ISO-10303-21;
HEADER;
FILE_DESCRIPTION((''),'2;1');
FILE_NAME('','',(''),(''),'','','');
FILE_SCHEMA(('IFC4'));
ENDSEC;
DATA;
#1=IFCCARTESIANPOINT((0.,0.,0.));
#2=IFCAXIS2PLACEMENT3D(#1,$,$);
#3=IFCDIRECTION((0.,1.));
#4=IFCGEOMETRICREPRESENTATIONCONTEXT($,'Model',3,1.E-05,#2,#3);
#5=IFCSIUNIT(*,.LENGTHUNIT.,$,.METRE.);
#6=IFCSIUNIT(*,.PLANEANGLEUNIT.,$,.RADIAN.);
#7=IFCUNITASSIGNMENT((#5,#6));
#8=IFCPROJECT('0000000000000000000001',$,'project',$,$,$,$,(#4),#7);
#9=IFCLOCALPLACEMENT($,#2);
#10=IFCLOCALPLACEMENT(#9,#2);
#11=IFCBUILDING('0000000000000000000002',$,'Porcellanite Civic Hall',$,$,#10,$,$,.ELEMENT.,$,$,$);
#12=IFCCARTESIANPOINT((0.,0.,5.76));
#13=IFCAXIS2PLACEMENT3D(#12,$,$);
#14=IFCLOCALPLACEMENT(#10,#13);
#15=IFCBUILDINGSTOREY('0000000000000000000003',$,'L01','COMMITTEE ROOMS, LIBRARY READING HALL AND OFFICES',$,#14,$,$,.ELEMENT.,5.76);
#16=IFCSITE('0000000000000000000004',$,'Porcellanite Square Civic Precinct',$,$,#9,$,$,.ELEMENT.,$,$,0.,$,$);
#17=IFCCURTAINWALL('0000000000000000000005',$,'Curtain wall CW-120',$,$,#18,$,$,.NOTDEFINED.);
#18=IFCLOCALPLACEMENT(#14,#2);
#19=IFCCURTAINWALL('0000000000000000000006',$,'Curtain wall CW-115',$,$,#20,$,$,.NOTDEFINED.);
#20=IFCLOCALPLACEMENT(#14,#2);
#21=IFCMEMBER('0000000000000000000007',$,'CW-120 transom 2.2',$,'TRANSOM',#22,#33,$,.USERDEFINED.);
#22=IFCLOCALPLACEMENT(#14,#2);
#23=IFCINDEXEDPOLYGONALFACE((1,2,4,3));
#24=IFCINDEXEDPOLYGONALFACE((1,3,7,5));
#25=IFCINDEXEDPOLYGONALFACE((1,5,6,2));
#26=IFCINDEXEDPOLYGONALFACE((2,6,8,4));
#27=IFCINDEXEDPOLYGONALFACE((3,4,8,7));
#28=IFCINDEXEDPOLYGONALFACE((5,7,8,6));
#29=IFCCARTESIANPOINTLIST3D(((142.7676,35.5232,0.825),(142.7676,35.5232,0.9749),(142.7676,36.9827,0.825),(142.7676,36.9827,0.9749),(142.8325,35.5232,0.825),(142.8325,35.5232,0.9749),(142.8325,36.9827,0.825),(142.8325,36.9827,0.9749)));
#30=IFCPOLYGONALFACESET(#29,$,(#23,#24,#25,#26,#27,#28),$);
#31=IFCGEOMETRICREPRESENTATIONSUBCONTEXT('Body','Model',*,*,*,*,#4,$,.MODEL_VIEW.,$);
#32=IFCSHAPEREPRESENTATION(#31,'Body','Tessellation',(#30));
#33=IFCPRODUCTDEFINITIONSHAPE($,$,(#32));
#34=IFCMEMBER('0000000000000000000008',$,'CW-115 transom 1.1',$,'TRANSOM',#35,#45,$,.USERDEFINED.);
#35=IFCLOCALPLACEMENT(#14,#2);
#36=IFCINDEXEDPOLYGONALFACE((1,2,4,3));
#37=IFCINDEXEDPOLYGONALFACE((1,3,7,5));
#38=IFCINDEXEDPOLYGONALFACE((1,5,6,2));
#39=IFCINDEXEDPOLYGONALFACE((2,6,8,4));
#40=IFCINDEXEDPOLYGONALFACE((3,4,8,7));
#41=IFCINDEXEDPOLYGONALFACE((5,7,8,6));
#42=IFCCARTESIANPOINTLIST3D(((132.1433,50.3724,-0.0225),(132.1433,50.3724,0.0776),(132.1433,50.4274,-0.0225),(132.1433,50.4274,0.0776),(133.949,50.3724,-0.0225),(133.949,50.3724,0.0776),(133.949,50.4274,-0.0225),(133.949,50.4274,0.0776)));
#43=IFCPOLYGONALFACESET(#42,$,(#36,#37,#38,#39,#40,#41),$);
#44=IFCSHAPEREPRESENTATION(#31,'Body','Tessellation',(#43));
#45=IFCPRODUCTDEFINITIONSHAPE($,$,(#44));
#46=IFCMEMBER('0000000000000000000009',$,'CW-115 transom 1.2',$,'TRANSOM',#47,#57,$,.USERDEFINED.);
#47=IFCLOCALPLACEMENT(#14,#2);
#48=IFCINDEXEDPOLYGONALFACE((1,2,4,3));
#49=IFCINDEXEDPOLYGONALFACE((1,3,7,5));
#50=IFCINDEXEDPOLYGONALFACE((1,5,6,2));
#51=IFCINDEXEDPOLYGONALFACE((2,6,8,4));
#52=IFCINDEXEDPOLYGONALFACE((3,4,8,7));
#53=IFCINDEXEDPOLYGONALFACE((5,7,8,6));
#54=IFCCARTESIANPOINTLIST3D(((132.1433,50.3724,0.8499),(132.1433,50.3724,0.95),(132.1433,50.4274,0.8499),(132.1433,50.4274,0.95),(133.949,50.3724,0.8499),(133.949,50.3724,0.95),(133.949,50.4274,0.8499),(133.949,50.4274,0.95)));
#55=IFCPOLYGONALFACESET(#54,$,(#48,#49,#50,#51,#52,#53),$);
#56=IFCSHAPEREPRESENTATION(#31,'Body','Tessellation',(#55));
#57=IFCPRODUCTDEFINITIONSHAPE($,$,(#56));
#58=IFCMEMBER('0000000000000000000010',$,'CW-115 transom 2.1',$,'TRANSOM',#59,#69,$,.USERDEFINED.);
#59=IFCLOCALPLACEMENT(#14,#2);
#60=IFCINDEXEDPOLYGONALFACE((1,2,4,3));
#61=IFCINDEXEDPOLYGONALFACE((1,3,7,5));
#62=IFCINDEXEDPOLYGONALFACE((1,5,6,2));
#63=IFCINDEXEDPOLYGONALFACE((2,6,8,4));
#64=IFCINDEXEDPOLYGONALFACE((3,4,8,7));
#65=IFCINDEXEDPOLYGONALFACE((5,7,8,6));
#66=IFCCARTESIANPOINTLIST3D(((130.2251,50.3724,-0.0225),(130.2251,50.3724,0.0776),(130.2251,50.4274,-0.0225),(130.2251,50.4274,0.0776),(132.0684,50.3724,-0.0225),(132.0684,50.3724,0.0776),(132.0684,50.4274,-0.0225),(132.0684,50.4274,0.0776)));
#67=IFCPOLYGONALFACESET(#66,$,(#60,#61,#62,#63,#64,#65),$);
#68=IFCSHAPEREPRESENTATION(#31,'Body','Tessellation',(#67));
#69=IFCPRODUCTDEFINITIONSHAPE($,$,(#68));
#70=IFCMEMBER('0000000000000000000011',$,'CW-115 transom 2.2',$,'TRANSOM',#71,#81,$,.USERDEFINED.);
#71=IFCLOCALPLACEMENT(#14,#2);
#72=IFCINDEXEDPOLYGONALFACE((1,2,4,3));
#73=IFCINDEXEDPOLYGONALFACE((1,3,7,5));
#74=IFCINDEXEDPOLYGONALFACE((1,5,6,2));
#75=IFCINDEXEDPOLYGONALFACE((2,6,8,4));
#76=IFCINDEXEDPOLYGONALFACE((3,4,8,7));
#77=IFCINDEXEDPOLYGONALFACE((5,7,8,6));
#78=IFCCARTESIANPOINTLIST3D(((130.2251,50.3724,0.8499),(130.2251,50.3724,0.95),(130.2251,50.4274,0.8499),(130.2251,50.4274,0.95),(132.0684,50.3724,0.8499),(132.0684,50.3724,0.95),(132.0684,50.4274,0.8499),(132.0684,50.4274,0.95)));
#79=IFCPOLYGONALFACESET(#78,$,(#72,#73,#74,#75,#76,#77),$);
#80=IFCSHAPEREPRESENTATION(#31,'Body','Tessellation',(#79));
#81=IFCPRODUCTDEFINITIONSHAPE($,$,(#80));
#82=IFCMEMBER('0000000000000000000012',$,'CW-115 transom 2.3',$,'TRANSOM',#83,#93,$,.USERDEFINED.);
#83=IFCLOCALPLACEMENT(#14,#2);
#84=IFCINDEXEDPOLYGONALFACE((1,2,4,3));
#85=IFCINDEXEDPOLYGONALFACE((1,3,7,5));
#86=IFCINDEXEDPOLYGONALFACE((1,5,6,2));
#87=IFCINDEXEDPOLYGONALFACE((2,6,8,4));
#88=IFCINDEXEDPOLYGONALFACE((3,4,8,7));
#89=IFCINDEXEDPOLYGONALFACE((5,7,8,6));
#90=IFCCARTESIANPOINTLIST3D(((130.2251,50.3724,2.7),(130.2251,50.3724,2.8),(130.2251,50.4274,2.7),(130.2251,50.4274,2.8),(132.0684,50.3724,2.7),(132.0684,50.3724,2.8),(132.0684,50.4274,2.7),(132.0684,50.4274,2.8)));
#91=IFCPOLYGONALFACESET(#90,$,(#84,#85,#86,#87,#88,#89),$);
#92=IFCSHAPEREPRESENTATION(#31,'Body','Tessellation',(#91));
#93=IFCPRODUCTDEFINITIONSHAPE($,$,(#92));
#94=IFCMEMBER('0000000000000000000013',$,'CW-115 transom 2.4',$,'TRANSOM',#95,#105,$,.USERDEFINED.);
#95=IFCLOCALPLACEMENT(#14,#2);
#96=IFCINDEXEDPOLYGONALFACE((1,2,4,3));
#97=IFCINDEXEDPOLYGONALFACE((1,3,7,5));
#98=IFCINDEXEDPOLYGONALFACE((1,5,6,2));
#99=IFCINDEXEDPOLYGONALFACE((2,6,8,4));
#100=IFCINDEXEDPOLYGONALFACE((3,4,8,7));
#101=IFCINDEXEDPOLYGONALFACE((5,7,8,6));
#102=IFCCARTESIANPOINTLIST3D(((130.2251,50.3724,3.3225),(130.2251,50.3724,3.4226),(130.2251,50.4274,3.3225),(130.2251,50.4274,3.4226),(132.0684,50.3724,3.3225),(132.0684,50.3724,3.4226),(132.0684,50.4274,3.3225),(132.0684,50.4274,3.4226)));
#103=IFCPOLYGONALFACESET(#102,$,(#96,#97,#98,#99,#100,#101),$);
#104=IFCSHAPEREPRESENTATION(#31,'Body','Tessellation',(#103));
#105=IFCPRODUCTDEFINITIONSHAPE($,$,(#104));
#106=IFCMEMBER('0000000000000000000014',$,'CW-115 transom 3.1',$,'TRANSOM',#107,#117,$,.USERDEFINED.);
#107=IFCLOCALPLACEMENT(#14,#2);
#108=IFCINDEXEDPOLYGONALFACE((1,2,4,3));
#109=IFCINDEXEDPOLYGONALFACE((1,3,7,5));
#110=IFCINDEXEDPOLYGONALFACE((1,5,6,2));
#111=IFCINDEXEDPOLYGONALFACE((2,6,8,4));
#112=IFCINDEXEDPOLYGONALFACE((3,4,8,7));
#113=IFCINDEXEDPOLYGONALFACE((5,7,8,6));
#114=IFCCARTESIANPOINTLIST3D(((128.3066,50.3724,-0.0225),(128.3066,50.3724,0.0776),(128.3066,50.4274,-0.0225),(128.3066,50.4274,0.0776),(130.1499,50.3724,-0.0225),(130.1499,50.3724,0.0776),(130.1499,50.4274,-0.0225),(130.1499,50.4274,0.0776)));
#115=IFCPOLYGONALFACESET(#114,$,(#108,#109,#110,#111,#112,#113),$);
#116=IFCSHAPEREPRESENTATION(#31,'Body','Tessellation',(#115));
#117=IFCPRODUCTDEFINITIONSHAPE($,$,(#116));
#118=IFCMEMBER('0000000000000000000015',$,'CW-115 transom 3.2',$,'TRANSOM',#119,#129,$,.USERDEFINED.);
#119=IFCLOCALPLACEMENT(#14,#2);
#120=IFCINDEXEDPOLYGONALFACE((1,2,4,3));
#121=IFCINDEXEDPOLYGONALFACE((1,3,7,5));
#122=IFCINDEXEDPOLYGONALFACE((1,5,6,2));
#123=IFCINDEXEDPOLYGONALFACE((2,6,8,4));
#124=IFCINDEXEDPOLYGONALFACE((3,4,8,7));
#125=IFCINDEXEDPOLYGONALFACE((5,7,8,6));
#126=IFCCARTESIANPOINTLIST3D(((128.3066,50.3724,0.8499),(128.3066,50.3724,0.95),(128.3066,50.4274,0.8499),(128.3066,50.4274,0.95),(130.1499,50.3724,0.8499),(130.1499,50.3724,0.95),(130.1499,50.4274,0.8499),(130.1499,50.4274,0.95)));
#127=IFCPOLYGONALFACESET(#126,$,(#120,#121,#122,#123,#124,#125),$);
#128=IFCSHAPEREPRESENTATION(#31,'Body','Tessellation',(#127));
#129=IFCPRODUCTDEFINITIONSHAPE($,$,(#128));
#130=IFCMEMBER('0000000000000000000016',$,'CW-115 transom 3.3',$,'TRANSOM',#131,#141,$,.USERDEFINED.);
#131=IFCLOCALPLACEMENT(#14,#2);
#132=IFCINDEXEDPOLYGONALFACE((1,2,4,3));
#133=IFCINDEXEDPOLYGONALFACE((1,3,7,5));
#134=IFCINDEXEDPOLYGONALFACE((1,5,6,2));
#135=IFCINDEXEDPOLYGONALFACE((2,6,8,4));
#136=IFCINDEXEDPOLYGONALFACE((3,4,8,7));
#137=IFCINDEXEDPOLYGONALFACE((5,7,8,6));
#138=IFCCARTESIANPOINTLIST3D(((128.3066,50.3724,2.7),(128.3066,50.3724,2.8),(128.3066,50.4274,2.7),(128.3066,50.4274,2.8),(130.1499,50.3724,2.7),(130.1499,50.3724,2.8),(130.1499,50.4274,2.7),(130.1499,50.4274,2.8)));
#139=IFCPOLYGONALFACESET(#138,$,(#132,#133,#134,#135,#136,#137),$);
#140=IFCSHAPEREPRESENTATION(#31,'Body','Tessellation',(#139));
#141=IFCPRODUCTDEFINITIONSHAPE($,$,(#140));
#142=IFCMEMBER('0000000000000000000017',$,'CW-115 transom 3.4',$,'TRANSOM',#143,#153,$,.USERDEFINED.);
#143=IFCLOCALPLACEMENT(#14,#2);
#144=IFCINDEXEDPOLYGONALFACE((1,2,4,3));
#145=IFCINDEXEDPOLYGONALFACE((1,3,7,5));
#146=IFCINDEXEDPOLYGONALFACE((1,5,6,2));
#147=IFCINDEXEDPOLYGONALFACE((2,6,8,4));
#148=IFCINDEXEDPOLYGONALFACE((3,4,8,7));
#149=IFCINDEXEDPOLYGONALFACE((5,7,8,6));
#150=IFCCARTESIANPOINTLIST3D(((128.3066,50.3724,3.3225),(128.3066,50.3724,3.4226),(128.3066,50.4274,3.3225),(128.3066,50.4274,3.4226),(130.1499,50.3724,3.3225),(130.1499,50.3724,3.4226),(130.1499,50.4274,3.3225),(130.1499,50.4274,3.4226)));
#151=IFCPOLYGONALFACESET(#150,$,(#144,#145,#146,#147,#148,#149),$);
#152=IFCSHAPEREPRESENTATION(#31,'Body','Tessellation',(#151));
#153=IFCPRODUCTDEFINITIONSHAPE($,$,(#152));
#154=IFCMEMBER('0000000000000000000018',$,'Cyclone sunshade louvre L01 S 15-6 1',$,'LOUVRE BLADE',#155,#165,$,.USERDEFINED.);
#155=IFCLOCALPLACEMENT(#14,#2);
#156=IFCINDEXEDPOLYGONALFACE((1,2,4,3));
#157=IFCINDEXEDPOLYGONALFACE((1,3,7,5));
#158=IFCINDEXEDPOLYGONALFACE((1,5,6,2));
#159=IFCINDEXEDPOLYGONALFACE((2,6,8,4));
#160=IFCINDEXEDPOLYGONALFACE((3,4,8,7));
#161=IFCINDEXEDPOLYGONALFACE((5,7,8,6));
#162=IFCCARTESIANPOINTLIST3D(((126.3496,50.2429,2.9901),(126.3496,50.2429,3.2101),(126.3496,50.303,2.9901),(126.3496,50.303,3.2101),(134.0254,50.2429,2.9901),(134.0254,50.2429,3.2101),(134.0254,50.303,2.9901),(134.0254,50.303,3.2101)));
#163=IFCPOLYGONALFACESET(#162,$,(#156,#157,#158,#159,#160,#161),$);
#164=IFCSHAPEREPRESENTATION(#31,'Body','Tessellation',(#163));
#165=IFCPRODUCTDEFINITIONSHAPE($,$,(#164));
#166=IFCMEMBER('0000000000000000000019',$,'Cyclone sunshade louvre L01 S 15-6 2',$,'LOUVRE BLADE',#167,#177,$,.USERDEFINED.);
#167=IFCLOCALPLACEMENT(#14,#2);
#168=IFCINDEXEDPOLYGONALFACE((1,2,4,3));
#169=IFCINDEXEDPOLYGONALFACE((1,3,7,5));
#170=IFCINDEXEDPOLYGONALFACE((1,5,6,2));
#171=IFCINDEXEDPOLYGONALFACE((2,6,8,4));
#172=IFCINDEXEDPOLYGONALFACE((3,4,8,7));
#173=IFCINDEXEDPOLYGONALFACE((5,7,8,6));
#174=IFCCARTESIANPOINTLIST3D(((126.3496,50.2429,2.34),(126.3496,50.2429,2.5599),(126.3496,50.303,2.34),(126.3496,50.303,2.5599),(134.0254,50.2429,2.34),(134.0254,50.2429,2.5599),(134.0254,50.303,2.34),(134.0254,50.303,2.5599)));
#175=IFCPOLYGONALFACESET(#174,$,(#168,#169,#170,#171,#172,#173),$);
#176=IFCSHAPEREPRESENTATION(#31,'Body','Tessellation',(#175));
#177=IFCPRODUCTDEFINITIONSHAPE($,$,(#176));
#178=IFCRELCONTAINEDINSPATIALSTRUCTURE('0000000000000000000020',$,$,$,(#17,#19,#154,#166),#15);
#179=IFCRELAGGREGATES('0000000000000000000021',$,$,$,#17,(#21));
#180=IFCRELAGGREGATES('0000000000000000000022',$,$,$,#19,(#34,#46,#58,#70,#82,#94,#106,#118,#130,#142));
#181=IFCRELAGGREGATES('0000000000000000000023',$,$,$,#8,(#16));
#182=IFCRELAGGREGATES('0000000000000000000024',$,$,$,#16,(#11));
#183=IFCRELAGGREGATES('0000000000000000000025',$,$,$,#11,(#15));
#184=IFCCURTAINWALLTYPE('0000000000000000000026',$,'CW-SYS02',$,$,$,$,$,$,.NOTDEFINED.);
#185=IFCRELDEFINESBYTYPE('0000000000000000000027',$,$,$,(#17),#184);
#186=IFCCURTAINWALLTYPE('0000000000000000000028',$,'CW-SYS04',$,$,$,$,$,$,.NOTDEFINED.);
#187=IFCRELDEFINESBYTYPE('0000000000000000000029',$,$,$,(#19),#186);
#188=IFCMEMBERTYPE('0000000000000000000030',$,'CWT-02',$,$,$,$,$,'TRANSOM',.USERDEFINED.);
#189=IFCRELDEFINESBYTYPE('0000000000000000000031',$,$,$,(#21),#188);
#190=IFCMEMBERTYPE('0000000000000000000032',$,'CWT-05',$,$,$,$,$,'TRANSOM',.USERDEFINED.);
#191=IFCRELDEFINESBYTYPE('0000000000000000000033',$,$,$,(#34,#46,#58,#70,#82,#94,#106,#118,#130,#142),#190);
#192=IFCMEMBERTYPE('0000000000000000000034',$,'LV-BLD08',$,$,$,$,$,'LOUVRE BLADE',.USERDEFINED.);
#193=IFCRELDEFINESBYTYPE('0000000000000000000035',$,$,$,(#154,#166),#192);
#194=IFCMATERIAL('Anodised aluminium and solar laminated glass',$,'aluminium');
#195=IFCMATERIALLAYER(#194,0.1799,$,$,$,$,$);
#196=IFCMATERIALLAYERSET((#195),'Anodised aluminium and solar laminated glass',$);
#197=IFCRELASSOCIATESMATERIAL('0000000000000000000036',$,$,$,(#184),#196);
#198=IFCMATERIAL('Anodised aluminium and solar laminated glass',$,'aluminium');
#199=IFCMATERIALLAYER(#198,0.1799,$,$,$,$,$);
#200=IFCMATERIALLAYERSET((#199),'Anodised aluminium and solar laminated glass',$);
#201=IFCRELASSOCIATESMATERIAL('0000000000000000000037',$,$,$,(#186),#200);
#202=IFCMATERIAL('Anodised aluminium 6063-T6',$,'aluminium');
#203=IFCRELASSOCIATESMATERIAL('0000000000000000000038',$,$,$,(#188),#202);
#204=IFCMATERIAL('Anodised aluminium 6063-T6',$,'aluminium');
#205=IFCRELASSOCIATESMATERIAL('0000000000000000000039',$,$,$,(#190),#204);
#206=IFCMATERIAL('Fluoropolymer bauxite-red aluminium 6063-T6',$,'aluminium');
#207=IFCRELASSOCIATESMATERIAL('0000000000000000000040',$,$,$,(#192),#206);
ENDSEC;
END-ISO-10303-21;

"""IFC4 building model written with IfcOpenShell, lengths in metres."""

from ifc_helpers import new_model, si_unit, direction, frame, origin, origin_2d, place, context, subcontext, project, spatial, rectangle, extrude, material, layer, layer_set, material_profile, profile_set, type_object, element, aggregate, save


model = new_model("IFC4")

# Units and contexts
model_context = context("Model", 3, precision=1e-05, world=origin(), true_north=direction((0.0, 1.0)))
body_context = subcontext(model_context, "Body", "Model", "MODEL_VIEW")
ifc_project = project(units=[si_unit("LENGTHUNIT", "METRE"), si_unit("PLANEANGLEUNIT", "RADIAN")], contexts=[model_context])

# Site, building, storey
site_placement = place(None, origin())
site = spatial("IfcSite", under=ifc_project, at=site_placement, Name="Porcellanite Square Civic Precinct", CompositionType="ELEMENT", RefElevation=0.0)
building_placement = place(site_placement, origin())
building = spatial("IfcBuilding", under=site, at=building_placement, Name="Porcellanite Civic Hall", CompositionType="ELEMENT")
storey_placement = place(building_placement, frame((0.0, 0.0, 5.76)))
storey = spatial("IfcBuildingStorey", under=building, at=storey_placement, Name="L01", Description="COMMITTEE ROOMS, LIBRARY READING HALL AND OFFICES", CompositionType="ELEMENT", Elevation=5.76)

# Curtain wall
ifc_material_1 = material(Name="Anodised aluminium and solar laminated glass", Category="aluminium")
ifc_layer_1 = layer(ifc_material_1, 0.1799)
ifc_layer_set_1 = layer_set([ifc_layer_1], Name="Anodised aluminium and solar laminated glass")
curtain_wall_type_1 = type_object("IfcCurtainWallType", Name="CW-SYS02", PredefinedType="NOTDEFINED", material=ifc_layer_set_1)
curtain_wall_1_placement = place(storey_placement, origin())
curtain_wall_1 = element("IfcCurtainWall", 1, at=curtain_wall_1_placement, inside=storey, type_object=curtain_wall_type_1, Name="Curtain wall CW-120", PredefinedType="NOTDEFINED")

# Curtain wall
ifc_material_2 = material(Name="Anodised aluminium and solar laminated glass", Category="aluminium")
ifc_layer_2 = layer(ifc_material_2, 0.1799)
ifc_layer_set_2 = layer_set([ifc_layer_2], Name="Anodised aluminium and solar laminated glass")
curtain_wall_type_2 = type_object("IfcCurtainWallType", Name="CW-SYS04", PredefinedType="NOTDEFINED", material=ifc_layer_set_2)
curtain_wall_2_placement = place(storey_placement, origin())
curtain_wall_2 = element("IfcCurtainWall", 2, at=curtain_wall_2_placement, inside=storey, type_object=curtain_wall_type_2, Name="Curtain wall CW-115", PredefinedType="NOTDEFINED")

# Members
ifc_material_3 = material(Name="Anodised aluminium 6063-T6", Category="aluminium")
ifc_material_profile_1 = material_profile(ifc_material_3, rectangle(XDim=0.0649, YDim=0.1499, at=origin_2d()), Name="AL-65x150")
ifc_profile_set_1 = profile_set([ifc_material_profile_1], Name="Anodised aluminium 6063-T6")
member_type_1 = type_object("IfcMemberType", Name="CWT-02", ElementType="TRANSOM", PredefinedType="USERDEFINED", material=ifc_profile_set_1)
member_1_placement = place(storey_placement, frame((142.8, 35.5232, 0.8999), z_axis=(0.0, 1.0, 0.0), x_axis=(-1.0, 0.0, 0.0)))
member_1 = element("IfcMember", 3, at=member_1_placement, type_object=member_type_1, Name="CW-120 transom 2.2", ObjectType="TRANSOM", PredefinedType="USERDEFINED", context=body_context, shape_type="SweptSolid", body=[
    extrude(rectangle(XDim=0.0649, YDim=0.1499, at=origin_2d()), origin(), (0.0, 0.0, 1.0), 1.4595),
])
ifc_material_4 = material(Name="Anodised aluminium 6063-T6", Category="aluminium")
ifc_material_profile_2 = material_profile(ifc_material_4, rectangle(XDim=0.0549, YDim=0.1001, at=origin_2d()), Name="AL-55x100")
ifc_profile_set_2 = profile_set([ifc_material_profile_2], Name="Anodised aluminium 6063-T6")
member_type_2 = type_object("IfcMemberType", Name="CWT-05", ElementType="TRANSOM", PredefinedType="USERDEFINED", material=ifc_profile_set_2)
member_2_placement = place(storey_placement, frame((133.949, 50.3999, 0.0276), z_axis=(-1.0, 0.0, 0.0), x_axis=(0.0, -1.0, 0.0)))
member_2 = element("IfcMember", 4, at=member_2_placement, type_object=member_type_2, Name="CW-115 transom 1.1", ObjectType="TRANSOM", PredefinedType="USERDEFINED", context=body_context, shape_type="SweptSolid", body=[
    extrude(rectangle(XDim=0.0549, YDim=0.1001, at=origin_2d()), origin(), (0.0, 0.0, 1.0), 1.8057),
])
member_3_placement = place(storey_placement, frame((133.949, 50.3999, 0.8999), z_axis=(-1.0, 0.0, 0.0), x_axis=(0.0, -1.0, 0.0)))
member_3 = element("IfcMember", 5, at=member_3_placement, type_object=member_type_2, Name="CW-115 transom 1.2", ObjectType="TRANSOM", PredefinedType="USERDEFINED", context=body_context, shape_type="SweptSolid", body=[
    extrude(rectangle(XDim=0.0549, YDim=0.1001, at=origin_2d()), origin(), (0.0, 0.0, 1.0), 1.8057),
])
member_4_placement = place(storey_placement, frame((132.0684, 50.3999, 0.0276), z_axis=(-1.0, 0.0, 0.0), x_axis=(0.0, -1.0, 0.0)))
member_4 = element("IfcMember", 6, at=member_4_placement, type_object=member_type_2, Name="CW-115 transom 2.1", ObjectType="TRANSOM", PredefinedType="USERDEFINED", context=body_context, shape_type="SweptSolid", body=[
    extrude(rectangle(XDim=0.0549, YDim=0.1001, at=origin_2d()), origin(), (0.0, 0.0, 1.0), 1.8433),
])
member_5_placement = place(storey_placement, frame((132.0684, 50.3999, 0.8999), z_axis=(-1.0, 0.0, 0.0), x_axis=(0.0, -1.0, 0.0)))
member_5 = element("IfcMember", 7, at=member_5_placement, type_object=member_type_2, Name="CW-115 transom 2.2", ObjectType="TRANSOM", PredefinedType="USERDEFINED", context=body_context, shape_type="SweptSolid", body=[
    extrude(rectangle(XDim=0.0549, YDim=0.1001, at=origin_2d()), origin(), (0.0, 0.0, 1.0), 1.8433),
])
member_6_placement = place(storey_placement, frame((132.0684, 50.3999, 2.75), z_axis=(-1.0, 0.0, 0.0), x_axis=(0.0, -1.0, 0.0)))
member_6 = element("IfcMember", 8, at=member_6_placement, type_object=member_type_2, Name="CW-115 transom 2.3", ObjectType="TRANSOM", PredefinedType="USERDEFINED", context=body_context, shape_type="SweptSolid", body=[
    extrude(rectangle(XDim=0.0549, YDim=0.1001, at=origin_2d()), origin(), (0.0, 0.0, 1.0), 1.8433),
])
member_7_placement = place(storey_placement, frame((132.0684, 50.3999, 3.3726), z_axis=(-1.0, 0.0, 0.0), x_axis=(0.0, -1.0, 0.0)))
member_7 = element("IfcMember", 9, at=member_7_placement, type_object=member_type_2, Name="CW-115 transom 2.4", ObjectType="TRANSOM", PredefinedType="USERDEFINED", context=body_context, shape_type="SweptSolid", body=[
    extrude(rectangle(XDim=0.0549, YDim=0.1001, at=origin_2d()), origin(), (0.0, 0.0, 1.0), 1.8433),
])
member_8_placement = place(storey_placement, frame((130.1499, 50.3999, 0.0276), z_axis=(-1.0, 0.0, 0.0), x_axis=(0.0, -1.0, 0.0)))
member_8 = element("IfcMember", 10, at=member_8_placement, type_object=member_type_2, Name="CW-115 transom 3.1", ObjectType="TRANSOM", PredefinedType="USERDEFINED", context=body_context, shape_type="SweptSolid", body=[
    extrude(rectangle(XDim=0.0549, YDim=0.1001, at=origin_2d()), origin(), (0.0, 0.0, 1.0), 1.8433),
])
member_9_placement = place(storey_placement, frame((130.1499, 50.3999, 0.8999), z_axis=(-1.0, 0.0, 0.0), x_axis=(0.0, -1.0, 0.0)))
member_9 = element("IfcMember", 11, at=member_9_placement, type_object=member_type_2, Name="CW-115 transom 3.2", ObjectType="TRANSOM", PredefinedType="USERDEFINED", context=body_context, shape_type="SweptSolid", body=[
    extrude(rectangle(XDim=0.0549, YDim=0.1001, at=origin_2d()), origin(), (0.0, 0.0, 1.0), 1.8433),
])
member_10_placement = place(storey_placement, frame((130.1499, 50.3999, 2.75), z_axis=(-1.0, 0.0, 0.0), x_axis=(0.0, -1.0, 0.0)))
member_10 = element("IfcMember", 12, at=member_10_placement, type_object=member_type_2, Name="CW-115 transom 3.3", ObjectType="TRANSOM", PredefinedType="USERDEFINED", context=body_context, shape_type="SweptSolid", body=[
    extrude(rectangle(XDim=0.0549, YDim=0.1001, at=origin_2d()), origin(), (0.0, 0.0, 1.0), 1.8433),
])
member_11_placement = place(storey_placement, frame((130.1499, 50.3999, 3.3726), z_axis=(-1.0, 0.0, 0.0), x_axis=(0.0, -1.0, 0.0)))
member_11 = element("IfcMember", 13, at=member_11_placement, type_object=member_type_2, Name="CW-115 transom 3.4", ObjectType="TRANSOM", PredefinedType="USERDEFINED", context=body_context, shape_type="SweptSolid", body=[
    extrude(rectangle(XDim=0.0549, YDim=0.1001, at=origin_2d()), origin(), (0.0, 0.0, 1.0), 1.8433),
])

# Members
ifc_material_5 = material(Name="Fluoropolymer bauxite-red aluminium 6063-T6", Category="aluminium")
ifc_material_profile_3 = material_profile(ifc_material_5, rectangle(XDim=0.0601, YDim=0.22, at=origin_2d()), Name="AL-60x220")
ifc_profile_set_3 = profile_set([ifc_material_profile_3], Name="Fluoropolymer bauxite-red aluminium 6063-T6")
member_type_3 = type_object("IfcMemberType", Name="LV-BLD08", ElementType="LOUVRE BLADE", PredefinedType="USERDEFINED", material=ifc_profile_set_3)
for number, where, z_axis, x_axis, name in (
    (14, (134.0254, 50.2729, 3.1001), (-1.0, 0.0, 0.0), (0.0, -1.0, 0.0), "Cyclone sunshade louvre L01 S 15-6 1"),
    (15, (134.0254, 50.2729, 2.45), (-1.0, 0.0, 0.0), (0.0, -1.0, 0.0), "Cyclone sunshade louvre L01 S 15-6 2"),
):
    element("IfcMember", number, at=place(storey_placement, frame(where, z_axis=z_axis, x_axis=x_axis)), inside=storey, type_object=member_type_3, Name=name, ObjectType="LOUVRE BLADE", PredefinedType="USERDEFINED", context=body_context, shape_type="SweptSolid", body=[
        extrude(rectangle(XDim=0.0601, YDim=0.22, at=origin_2d()), origin(), (0.0, 0.0, 1.0), 7.6758),
    ])

aggregate(curtain_wall_1, [member_1])
aggregate(curtain_wall_2, [member_2, member_3, member_4, member_5, member_6, member_7, member_8, member_9, member_10, member_11])

save(model, "model.ifc")
